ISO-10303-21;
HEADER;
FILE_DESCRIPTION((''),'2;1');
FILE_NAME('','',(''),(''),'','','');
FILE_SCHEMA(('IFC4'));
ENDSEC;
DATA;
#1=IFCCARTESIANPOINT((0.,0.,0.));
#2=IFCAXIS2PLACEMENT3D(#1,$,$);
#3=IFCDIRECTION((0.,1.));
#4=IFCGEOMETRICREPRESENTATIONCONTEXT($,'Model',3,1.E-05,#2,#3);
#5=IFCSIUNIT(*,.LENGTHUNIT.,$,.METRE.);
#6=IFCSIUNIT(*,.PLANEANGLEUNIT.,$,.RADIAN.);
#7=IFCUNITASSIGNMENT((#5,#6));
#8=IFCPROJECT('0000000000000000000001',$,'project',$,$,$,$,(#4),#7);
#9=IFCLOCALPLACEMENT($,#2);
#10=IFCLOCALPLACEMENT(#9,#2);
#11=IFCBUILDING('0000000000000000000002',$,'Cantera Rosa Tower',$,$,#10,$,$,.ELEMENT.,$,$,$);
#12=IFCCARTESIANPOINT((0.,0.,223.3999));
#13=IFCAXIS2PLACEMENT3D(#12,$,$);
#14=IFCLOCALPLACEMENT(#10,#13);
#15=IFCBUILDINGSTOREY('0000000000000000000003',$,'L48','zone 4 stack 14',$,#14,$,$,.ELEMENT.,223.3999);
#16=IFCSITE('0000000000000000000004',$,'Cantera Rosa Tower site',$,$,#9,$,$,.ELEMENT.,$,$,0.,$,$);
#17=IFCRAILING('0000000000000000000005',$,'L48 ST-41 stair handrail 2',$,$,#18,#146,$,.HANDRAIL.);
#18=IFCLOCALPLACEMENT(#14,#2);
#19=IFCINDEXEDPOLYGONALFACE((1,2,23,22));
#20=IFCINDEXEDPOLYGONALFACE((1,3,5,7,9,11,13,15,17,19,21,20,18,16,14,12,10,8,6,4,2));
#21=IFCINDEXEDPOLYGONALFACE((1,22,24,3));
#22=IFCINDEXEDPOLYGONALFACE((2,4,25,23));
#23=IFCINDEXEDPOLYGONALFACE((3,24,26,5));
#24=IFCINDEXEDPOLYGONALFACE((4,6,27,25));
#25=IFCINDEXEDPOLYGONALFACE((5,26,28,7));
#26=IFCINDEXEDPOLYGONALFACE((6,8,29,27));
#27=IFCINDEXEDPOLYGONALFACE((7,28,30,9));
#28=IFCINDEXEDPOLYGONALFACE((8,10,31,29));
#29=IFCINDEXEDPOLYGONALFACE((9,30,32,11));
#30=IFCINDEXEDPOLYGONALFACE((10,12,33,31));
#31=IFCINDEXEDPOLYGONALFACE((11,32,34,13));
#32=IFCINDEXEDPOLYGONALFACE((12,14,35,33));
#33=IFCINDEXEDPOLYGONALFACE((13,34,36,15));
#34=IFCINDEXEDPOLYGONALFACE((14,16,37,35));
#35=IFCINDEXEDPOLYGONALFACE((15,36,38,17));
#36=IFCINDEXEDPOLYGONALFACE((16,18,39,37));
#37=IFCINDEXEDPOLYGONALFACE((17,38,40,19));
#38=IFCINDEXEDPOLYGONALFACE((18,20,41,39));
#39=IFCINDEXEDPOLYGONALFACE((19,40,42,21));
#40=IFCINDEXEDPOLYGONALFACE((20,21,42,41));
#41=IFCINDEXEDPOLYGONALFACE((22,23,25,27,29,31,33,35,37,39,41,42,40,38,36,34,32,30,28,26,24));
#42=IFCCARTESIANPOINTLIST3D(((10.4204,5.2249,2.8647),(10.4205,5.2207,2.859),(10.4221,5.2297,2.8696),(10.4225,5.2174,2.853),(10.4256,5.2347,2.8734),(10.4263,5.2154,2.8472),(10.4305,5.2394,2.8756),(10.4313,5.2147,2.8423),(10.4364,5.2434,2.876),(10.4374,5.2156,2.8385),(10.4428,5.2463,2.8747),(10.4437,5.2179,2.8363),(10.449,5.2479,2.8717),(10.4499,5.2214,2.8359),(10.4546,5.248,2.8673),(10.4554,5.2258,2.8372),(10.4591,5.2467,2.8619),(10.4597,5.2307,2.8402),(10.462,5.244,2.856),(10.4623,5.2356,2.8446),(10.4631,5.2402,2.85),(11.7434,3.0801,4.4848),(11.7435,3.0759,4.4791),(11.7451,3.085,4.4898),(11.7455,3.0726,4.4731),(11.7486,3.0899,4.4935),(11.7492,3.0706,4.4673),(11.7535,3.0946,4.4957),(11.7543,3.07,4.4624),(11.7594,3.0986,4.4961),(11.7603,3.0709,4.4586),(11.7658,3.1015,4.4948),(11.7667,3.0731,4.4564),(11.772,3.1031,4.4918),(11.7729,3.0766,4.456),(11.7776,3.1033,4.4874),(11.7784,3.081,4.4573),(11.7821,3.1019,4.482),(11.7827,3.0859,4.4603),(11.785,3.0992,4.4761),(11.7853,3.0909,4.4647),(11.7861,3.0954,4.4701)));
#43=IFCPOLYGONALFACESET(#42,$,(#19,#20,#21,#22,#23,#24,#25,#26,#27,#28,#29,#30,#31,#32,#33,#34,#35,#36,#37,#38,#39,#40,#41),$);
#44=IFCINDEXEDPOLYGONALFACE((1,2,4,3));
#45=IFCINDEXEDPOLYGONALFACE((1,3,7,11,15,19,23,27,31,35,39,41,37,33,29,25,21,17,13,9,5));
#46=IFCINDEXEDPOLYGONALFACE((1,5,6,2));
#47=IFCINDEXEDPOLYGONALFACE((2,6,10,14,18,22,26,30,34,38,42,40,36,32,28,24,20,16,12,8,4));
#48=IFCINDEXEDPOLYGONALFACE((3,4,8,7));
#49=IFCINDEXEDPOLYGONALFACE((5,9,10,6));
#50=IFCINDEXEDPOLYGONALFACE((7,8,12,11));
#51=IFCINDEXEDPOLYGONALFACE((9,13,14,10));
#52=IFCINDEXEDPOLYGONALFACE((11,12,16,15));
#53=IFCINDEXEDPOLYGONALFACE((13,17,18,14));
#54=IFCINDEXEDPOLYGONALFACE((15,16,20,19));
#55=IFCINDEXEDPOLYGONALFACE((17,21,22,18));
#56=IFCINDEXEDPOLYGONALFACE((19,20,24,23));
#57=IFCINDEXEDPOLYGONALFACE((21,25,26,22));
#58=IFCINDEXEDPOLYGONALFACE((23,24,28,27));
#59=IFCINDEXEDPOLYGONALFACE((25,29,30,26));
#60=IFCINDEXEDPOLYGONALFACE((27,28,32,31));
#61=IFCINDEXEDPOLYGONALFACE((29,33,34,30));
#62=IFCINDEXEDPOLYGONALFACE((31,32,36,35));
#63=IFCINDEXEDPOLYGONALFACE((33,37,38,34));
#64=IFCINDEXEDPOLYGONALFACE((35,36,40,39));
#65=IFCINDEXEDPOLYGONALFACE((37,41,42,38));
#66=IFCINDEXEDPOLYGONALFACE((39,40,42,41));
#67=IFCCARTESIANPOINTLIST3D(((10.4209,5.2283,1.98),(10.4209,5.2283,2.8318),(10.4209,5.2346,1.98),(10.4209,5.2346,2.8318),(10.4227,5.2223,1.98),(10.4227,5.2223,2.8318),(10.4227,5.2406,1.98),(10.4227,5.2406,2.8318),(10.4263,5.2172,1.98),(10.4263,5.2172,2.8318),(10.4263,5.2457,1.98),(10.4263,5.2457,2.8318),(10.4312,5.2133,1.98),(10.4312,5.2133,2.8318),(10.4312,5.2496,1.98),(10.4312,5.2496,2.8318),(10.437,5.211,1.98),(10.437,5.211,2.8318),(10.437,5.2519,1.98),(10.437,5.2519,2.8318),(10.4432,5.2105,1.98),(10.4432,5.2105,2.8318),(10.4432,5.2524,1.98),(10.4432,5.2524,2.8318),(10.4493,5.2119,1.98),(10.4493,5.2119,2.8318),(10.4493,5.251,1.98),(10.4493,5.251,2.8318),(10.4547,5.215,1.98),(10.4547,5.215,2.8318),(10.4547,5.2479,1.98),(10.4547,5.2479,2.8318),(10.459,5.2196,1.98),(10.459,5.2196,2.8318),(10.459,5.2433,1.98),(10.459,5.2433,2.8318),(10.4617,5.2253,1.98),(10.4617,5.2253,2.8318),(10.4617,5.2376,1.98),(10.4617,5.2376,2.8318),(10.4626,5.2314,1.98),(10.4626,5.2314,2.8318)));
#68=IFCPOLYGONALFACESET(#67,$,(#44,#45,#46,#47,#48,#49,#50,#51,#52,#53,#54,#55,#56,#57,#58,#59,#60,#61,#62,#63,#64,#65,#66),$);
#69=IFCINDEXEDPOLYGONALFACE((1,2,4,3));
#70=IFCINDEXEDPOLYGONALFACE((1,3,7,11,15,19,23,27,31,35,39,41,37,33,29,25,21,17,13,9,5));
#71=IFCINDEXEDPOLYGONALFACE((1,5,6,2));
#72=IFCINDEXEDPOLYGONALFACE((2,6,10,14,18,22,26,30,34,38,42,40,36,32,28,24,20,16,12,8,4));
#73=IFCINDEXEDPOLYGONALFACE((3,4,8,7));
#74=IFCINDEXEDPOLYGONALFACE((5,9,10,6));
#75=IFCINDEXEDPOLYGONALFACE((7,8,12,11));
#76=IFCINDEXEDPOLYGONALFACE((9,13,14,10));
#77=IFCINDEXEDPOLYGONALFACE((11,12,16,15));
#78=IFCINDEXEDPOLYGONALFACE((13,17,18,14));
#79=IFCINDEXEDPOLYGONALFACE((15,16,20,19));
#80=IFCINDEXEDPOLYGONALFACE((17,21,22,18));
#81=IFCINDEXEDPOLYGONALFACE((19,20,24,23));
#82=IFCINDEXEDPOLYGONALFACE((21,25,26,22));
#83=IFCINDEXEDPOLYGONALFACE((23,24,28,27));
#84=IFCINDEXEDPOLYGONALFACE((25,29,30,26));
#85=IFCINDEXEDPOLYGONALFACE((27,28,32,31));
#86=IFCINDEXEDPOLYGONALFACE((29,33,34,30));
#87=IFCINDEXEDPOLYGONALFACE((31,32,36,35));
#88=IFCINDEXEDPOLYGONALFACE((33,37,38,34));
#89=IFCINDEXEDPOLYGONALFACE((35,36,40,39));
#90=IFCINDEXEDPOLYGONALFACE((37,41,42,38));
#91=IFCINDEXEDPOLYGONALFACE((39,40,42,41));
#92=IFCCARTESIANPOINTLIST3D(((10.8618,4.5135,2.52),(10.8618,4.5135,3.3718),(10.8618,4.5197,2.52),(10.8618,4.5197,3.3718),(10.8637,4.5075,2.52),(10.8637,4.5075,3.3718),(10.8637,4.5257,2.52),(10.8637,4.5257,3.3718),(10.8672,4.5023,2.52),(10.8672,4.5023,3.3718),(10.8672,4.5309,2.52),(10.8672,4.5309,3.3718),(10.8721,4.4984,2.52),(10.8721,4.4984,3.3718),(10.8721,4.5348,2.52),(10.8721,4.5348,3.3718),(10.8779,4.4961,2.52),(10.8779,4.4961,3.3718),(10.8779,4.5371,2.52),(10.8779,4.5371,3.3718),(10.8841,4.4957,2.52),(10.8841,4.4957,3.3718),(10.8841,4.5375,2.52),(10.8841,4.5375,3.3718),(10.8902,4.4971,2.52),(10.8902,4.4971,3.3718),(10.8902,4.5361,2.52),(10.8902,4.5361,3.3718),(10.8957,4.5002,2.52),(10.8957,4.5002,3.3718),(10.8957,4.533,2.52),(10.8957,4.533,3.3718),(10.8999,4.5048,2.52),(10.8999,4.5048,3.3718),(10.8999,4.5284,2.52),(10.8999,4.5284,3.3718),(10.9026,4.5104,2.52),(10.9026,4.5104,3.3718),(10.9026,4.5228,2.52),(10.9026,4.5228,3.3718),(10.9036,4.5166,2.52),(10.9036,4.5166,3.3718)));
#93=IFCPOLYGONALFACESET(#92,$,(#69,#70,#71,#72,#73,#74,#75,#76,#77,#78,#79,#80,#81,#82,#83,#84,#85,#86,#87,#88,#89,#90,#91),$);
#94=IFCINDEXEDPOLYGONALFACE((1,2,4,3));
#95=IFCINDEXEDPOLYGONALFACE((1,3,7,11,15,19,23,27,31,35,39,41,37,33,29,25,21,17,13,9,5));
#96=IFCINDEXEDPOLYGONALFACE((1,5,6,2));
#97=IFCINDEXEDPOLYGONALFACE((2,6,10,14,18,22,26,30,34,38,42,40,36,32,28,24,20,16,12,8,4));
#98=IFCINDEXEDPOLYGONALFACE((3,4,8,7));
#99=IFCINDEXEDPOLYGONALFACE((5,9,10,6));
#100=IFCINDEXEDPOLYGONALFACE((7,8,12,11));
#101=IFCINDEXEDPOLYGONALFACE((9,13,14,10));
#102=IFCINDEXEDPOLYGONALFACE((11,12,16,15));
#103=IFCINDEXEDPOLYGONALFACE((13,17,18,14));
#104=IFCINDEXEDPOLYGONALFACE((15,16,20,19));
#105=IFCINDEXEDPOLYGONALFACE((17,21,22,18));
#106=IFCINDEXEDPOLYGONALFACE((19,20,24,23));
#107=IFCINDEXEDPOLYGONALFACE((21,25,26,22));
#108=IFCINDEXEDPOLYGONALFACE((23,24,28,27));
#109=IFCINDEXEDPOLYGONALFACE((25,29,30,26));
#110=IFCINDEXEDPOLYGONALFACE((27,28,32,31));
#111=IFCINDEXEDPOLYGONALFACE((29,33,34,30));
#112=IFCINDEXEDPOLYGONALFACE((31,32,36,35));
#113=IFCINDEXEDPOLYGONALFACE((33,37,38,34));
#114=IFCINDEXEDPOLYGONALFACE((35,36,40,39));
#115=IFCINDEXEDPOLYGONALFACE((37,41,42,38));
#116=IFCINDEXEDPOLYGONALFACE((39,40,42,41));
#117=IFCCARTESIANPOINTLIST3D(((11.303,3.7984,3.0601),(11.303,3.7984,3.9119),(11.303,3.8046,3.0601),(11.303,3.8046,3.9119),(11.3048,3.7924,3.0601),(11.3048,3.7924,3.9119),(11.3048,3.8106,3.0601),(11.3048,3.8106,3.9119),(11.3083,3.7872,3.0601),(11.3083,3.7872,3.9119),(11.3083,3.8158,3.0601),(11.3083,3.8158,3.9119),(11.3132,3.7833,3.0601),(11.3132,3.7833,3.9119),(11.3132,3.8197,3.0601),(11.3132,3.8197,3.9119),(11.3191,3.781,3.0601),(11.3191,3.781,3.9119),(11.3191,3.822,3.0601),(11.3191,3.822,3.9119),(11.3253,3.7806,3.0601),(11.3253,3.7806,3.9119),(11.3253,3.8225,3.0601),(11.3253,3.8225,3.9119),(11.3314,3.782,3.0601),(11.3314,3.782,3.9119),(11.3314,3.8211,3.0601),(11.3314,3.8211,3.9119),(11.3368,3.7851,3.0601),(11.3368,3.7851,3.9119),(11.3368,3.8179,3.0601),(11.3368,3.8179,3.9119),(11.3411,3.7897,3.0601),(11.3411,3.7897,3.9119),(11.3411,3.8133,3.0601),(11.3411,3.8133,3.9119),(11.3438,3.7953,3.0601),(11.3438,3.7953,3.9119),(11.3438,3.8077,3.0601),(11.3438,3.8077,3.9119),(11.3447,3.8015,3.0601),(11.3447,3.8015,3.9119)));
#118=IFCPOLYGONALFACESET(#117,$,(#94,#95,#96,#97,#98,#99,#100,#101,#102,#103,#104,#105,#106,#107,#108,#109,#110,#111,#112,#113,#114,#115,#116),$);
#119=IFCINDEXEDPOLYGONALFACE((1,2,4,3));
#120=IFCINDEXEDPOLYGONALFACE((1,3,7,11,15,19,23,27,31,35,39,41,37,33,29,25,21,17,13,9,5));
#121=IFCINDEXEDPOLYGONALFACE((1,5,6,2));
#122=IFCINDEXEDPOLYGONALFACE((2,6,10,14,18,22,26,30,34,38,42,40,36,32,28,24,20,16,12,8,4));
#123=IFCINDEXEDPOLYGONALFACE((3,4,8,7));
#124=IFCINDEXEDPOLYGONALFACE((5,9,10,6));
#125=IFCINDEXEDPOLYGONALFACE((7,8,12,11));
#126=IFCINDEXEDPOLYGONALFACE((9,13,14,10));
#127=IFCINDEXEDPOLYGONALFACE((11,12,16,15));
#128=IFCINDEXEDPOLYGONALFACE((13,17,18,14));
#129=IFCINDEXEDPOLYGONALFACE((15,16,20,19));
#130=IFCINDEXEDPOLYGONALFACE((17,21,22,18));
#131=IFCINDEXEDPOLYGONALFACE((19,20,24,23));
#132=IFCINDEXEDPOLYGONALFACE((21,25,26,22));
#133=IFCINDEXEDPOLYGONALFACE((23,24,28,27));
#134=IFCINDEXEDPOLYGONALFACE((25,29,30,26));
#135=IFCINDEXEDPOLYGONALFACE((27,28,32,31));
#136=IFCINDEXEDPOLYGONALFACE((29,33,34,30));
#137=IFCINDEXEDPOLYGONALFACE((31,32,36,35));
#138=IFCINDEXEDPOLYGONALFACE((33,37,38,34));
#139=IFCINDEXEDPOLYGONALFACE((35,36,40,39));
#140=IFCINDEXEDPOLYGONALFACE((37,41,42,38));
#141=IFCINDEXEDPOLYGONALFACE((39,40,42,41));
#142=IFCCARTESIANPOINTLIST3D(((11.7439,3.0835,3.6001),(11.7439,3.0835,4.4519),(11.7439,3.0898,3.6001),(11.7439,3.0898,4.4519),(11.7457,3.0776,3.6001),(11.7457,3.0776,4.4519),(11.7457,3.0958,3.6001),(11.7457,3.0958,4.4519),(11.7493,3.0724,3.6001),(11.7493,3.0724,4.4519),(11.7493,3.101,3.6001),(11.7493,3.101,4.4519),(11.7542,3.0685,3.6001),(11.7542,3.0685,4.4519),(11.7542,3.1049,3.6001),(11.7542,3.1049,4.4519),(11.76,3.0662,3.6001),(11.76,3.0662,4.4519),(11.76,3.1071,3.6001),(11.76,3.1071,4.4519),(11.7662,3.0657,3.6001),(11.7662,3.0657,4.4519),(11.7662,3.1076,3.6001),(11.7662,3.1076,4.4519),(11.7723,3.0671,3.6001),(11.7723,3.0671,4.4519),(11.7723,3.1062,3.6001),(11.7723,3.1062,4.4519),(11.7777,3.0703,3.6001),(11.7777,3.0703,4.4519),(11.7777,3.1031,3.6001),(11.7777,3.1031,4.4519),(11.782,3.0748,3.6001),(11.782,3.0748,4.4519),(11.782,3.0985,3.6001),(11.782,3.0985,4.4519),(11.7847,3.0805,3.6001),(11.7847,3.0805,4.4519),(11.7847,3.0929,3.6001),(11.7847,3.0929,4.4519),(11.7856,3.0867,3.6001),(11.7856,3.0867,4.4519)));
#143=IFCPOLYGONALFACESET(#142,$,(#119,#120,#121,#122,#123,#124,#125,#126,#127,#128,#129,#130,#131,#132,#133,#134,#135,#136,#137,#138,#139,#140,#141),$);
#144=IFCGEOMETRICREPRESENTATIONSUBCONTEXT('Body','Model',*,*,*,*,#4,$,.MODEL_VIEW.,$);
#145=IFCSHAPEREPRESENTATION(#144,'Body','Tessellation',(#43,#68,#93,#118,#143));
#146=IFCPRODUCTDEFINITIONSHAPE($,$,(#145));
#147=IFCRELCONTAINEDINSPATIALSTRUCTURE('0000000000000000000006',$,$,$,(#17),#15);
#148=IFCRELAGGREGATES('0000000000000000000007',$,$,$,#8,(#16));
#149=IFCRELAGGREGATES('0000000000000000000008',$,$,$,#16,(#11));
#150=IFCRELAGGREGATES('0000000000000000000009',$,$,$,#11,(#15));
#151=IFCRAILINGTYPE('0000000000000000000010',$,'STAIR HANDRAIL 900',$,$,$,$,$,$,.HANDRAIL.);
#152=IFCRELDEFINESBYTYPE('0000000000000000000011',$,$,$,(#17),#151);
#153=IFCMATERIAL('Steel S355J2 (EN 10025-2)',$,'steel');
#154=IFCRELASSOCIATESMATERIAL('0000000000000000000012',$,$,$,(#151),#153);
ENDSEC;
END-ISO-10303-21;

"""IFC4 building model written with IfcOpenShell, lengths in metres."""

from ifc_helpers import new_model, si_unit, direction, frame, origin, origin_2d, place, context, subcontext, project, spatial, circle, extrude, material, type_object, element, save


model = new_model("IFC4")

# Units and contexts
model_context = context("Model", 3, precision=1e-05, world=origin(), true_north=direction((0.0, 1.0)))
body_context = subcontext(model_context, "Body", "Model", "MODEL_VIEW")
ifc_project = project(units=[si_unit("LENGTHUNIT", "METRE"), si_unit("PLANEANGLEUNIT", "RADIAN")], contexts=[model_context])

# Site, building, storey
site_placement = place(None, origin())
site = spatial("IfcSite", under=ifc_project, at=site_placement, Name="Cantera Rosa Tower site", CompositionType="ELEMENT", RefElevation=0.0)
building_placement = place(site_placement, origin())
building = spatial("IfcBuilding", under=site, at=building_placement, Name="Cantera Rosa Tower", CompositionType="ELEMENT")
storey_placement = place(building_placement, frame((0.0, 0.0, 223.3999)))
storey = spatial("IfcBuildingStorey", under=building, at=storey_placement, Name="L48", Description="zone 4 stack 14", CompositionType="ELEMENT", Elevation=223.3999)

# Railing
ifc_material_1 = material(Name="Steel S355J2 (EN 10025-2)", Category="steel")
railing_type_1 = type_object("IfcRailingType", Name="STAIR HANDRAIL 900", PredefinedType="HANDRAIL", material=ifc_material_1)
railing_1_placement = place(storey_placement, frame((10.4417, 5.2314, 1.98)))
element("IfcRailing", 1, at=railing_1_placement, inside=storey, type_object=railing_type_1, Name="L48 ST-41 stair handrail 2", PredefinedType="HANDRAIL", context=body_context, shape_type="SweptSolid", body=[
    extrude(circle(Radius=0.0239, at=origin_2d()), frame((0.0, 0.0, 0.876), z_axis=(0.441609, -0.715914, 0.540786), x_axis=(0.851102, 0.525, 0.0)), (0.0, 0.0, 1.0), 2.9958),
    extrude(circle(Radius=0.021, at=origin_2d()), origin(), (0.0, 0.0, 1.0), 0.8518),
    extrude(circle(Radius=0.021, at=origin_2d()), frame((0.4409, -0.7148, 0.54)), (0.0, 0.0, 1.0), 0.8518),
    extrude(circle(Radius=0.021, at=origin_2d()), frame((0.8821, -1.4299, 1.0801)), (0.0, 0.0, 1.0), 0.8518),
    extrude(circle(Radius=0.021, at=origin_2d()), frame((1.323, -2.1448, 1.6201)), (0.0, 0.0, 1.0), 0.8518),
])

save(model, "model.ifc")
